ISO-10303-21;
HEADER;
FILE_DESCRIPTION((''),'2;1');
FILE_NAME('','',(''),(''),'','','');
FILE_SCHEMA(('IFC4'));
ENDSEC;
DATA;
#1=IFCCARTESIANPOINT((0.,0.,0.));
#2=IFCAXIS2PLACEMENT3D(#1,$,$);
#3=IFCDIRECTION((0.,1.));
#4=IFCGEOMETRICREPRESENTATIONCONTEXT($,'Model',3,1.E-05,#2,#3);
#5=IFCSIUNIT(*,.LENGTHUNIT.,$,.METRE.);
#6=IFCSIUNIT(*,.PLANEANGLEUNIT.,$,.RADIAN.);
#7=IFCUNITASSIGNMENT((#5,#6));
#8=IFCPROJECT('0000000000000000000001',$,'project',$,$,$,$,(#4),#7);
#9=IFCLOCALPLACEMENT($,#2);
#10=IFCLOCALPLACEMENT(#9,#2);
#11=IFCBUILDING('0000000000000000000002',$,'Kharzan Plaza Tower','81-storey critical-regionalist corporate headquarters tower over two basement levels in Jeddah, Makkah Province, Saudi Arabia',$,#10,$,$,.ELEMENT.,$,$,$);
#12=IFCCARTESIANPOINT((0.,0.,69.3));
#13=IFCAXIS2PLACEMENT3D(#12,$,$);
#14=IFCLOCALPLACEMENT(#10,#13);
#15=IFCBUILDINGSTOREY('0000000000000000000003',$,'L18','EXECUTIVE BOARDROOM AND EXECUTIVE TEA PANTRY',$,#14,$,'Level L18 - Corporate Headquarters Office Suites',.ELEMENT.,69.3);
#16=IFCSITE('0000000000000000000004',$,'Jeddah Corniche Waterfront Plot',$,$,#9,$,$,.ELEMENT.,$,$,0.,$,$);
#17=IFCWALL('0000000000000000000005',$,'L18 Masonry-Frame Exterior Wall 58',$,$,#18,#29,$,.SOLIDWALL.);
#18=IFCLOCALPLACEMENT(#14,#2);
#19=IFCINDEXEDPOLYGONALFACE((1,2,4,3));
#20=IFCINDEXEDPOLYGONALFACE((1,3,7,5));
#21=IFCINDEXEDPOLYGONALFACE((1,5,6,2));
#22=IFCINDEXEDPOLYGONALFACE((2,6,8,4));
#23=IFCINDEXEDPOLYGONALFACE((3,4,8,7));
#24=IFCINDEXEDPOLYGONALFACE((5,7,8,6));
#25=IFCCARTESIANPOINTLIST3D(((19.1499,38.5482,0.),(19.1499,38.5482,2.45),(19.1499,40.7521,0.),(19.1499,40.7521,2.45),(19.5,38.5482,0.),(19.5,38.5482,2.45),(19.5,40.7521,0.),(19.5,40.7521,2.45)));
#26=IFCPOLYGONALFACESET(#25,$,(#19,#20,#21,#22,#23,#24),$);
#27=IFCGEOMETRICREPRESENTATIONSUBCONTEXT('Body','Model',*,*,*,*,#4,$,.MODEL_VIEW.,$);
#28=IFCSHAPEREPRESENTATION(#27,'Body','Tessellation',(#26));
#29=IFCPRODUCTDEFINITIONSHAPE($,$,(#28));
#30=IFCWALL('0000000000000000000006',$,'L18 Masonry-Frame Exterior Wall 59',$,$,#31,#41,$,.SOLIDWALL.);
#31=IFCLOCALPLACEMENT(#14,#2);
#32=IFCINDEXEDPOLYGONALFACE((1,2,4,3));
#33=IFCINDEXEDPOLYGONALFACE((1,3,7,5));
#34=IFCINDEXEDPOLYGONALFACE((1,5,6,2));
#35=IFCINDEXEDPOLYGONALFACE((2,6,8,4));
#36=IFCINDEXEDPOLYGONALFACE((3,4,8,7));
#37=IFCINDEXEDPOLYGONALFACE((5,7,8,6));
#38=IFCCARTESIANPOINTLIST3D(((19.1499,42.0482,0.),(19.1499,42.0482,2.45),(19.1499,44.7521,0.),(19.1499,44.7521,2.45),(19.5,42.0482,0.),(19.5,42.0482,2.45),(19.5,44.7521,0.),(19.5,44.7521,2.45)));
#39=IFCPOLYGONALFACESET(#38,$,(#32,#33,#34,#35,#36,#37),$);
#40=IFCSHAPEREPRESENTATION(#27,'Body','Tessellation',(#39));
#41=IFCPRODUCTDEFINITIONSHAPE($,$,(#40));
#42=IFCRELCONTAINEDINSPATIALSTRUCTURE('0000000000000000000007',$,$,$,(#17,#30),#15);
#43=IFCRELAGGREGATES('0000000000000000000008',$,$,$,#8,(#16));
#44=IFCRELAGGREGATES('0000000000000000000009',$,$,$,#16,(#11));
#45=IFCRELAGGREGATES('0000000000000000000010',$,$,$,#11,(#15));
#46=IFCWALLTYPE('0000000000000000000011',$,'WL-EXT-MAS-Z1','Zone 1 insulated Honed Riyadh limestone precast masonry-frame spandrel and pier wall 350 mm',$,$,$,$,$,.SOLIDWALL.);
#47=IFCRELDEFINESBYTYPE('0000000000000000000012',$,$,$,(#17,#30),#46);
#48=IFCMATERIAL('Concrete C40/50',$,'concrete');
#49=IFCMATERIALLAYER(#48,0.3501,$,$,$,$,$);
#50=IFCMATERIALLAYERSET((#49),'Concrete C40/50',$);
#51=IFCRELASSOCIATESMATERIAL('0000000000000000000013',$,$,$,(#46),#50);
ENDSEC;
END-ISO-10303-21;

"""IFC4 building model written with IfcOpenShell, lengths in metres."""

from ifc_helpers import new_model, si_unit, direction, frame, frame_2d, origin, place, context, subcontext, project, spatial, rectangle, extrude, source, transform, mapped, material, layer, layer_set, type_object, element, save


model = new_model("IFC4")

# Units and contexts
model_context = context("Model", 3, precision=1e-05, world=origin(), true_north=direction((0.0, 1.0)))
body_context = subcontext(model_context, "Body", "Model", "MODEL_VIEW")
ifc_project = project(units=[si_unit("LENGTHUNIT", "METRE"), si_unit("PLANEANGLEUNIT", "RADIAN")], contexts=[model_context])

# Site, building, storey
site_placement = place(None, origin())
site = spatial("IfcSite", under=ifc_project, at=site_placement, Name="Jeddah Corniche Waterfront Plot", CompositionType="ELEMENT", RefElevation=0.0)
building_placement = place(site_placement, origin())
building = spatial("IfcBuilding", under=site, at=building_placement, Name="Kharzan Plaza Tower", Description="81-storey critical-regionalist corporate headquarters tower over two basement levels in Jeddah, Makkah Province, Saudi Arabia", CompositionType="ELEMENT")
storey_placement = place(building_placement, frame((0.0, 0.0, 69.3)))
storey = spatial("IfcBuildingStorey", under=building, at=storey_placement, Name="L18", Description="EXECUTIVE BOARDROOM AND EXECUTIVE TEA PANTRY", LongName="Level L18 - Corporate Headquarters Office Suites", CompositionType="ELEMENT", Elevation=69.3)

# Shared definitions
ifc_material_1 = material(Name="Concrete C40/50", Category="concrete")
ifc_layer_1 = layer(ifc_material_1, 0.3501)
ifc_layer_set_1 = layer_set([ifc_layer_1], Name="Concrete C40/50")
wall_type = type_object("IfcWallType", Name="WL-EXT-MAS-Z1", Description="Zone 1 insulated Honed Riyadh limestone precast masonry-frame spandrel and pier wall 350 mm", PredefinedType="SOLIDWALL", material=ifc_layer_set_1)

# Walls
shared_shape_1 = source(origin(), body_context, "Body", "SweptSolid", [
    extrude(rectangle(XDim=2.2039, YDim=0.3501, at=frame_2d((1.1021, 0.0))), origin(), (0.0, 0.0, 1.0), 2.45),
])
wall_1_placement = place(storey_placement, frame((19.325, 38.5481, 0.0), z_axis=(0.0, 0.0, 1.0), x_axis=(0.0, 1.0, 0.0)))
element("IfcWall", 1, at=wall_1_placement, inside=storey, type_object=wall_type, Name="L18 Masonry-Frame Exterior Wall 58", PredefinedType="SOLIDWALL", context=body_context, shape_type="MappedRepresentation", body=[
    mapped(shared_shape_1, transform((0.0, 0.0, 0.0), x_axis=(1.0, 0.0, 0.0), y_axis=(0.0, 1.0, 0.0), z_axis=(0.0, 0.0, 1.0))),
])
shared_shape_2 = source(origin(), body_context, "Body", "SweptSolid", [
    extrude(rectangle(XDim=2.7039, YDim=0.3501, at=frame_2d((1.3521, 0.0))), origin(), (0.0, 0.0, 1.0), 2.45),
])
wall_2_placement = place(storey_placement, frame((19.325, 42.0481, 0.0), z_axis=(0.0, 0.0, 1.0), x_axis=(0.0, 1.0, 0.0)))
element("IfcWall", 2, at=wall_2_placement, inside=storey, type_object=wall_type, Name="L18 Masonry-Frame Exterior Wall 59", PredefinedType="SOLIDWALL", context=body_context, shape_type="MappedRepresentation", body=[
    mapped(shared_shape_2, transform((0.0, 0.0, 0.0), x_axis=(1.0, 0.0, 0.0), y_axis=(0.0, 1.0, 0.0), z_axis=(0.0, 0.0, 1.0))),
])

save(model, "model.ifc")
